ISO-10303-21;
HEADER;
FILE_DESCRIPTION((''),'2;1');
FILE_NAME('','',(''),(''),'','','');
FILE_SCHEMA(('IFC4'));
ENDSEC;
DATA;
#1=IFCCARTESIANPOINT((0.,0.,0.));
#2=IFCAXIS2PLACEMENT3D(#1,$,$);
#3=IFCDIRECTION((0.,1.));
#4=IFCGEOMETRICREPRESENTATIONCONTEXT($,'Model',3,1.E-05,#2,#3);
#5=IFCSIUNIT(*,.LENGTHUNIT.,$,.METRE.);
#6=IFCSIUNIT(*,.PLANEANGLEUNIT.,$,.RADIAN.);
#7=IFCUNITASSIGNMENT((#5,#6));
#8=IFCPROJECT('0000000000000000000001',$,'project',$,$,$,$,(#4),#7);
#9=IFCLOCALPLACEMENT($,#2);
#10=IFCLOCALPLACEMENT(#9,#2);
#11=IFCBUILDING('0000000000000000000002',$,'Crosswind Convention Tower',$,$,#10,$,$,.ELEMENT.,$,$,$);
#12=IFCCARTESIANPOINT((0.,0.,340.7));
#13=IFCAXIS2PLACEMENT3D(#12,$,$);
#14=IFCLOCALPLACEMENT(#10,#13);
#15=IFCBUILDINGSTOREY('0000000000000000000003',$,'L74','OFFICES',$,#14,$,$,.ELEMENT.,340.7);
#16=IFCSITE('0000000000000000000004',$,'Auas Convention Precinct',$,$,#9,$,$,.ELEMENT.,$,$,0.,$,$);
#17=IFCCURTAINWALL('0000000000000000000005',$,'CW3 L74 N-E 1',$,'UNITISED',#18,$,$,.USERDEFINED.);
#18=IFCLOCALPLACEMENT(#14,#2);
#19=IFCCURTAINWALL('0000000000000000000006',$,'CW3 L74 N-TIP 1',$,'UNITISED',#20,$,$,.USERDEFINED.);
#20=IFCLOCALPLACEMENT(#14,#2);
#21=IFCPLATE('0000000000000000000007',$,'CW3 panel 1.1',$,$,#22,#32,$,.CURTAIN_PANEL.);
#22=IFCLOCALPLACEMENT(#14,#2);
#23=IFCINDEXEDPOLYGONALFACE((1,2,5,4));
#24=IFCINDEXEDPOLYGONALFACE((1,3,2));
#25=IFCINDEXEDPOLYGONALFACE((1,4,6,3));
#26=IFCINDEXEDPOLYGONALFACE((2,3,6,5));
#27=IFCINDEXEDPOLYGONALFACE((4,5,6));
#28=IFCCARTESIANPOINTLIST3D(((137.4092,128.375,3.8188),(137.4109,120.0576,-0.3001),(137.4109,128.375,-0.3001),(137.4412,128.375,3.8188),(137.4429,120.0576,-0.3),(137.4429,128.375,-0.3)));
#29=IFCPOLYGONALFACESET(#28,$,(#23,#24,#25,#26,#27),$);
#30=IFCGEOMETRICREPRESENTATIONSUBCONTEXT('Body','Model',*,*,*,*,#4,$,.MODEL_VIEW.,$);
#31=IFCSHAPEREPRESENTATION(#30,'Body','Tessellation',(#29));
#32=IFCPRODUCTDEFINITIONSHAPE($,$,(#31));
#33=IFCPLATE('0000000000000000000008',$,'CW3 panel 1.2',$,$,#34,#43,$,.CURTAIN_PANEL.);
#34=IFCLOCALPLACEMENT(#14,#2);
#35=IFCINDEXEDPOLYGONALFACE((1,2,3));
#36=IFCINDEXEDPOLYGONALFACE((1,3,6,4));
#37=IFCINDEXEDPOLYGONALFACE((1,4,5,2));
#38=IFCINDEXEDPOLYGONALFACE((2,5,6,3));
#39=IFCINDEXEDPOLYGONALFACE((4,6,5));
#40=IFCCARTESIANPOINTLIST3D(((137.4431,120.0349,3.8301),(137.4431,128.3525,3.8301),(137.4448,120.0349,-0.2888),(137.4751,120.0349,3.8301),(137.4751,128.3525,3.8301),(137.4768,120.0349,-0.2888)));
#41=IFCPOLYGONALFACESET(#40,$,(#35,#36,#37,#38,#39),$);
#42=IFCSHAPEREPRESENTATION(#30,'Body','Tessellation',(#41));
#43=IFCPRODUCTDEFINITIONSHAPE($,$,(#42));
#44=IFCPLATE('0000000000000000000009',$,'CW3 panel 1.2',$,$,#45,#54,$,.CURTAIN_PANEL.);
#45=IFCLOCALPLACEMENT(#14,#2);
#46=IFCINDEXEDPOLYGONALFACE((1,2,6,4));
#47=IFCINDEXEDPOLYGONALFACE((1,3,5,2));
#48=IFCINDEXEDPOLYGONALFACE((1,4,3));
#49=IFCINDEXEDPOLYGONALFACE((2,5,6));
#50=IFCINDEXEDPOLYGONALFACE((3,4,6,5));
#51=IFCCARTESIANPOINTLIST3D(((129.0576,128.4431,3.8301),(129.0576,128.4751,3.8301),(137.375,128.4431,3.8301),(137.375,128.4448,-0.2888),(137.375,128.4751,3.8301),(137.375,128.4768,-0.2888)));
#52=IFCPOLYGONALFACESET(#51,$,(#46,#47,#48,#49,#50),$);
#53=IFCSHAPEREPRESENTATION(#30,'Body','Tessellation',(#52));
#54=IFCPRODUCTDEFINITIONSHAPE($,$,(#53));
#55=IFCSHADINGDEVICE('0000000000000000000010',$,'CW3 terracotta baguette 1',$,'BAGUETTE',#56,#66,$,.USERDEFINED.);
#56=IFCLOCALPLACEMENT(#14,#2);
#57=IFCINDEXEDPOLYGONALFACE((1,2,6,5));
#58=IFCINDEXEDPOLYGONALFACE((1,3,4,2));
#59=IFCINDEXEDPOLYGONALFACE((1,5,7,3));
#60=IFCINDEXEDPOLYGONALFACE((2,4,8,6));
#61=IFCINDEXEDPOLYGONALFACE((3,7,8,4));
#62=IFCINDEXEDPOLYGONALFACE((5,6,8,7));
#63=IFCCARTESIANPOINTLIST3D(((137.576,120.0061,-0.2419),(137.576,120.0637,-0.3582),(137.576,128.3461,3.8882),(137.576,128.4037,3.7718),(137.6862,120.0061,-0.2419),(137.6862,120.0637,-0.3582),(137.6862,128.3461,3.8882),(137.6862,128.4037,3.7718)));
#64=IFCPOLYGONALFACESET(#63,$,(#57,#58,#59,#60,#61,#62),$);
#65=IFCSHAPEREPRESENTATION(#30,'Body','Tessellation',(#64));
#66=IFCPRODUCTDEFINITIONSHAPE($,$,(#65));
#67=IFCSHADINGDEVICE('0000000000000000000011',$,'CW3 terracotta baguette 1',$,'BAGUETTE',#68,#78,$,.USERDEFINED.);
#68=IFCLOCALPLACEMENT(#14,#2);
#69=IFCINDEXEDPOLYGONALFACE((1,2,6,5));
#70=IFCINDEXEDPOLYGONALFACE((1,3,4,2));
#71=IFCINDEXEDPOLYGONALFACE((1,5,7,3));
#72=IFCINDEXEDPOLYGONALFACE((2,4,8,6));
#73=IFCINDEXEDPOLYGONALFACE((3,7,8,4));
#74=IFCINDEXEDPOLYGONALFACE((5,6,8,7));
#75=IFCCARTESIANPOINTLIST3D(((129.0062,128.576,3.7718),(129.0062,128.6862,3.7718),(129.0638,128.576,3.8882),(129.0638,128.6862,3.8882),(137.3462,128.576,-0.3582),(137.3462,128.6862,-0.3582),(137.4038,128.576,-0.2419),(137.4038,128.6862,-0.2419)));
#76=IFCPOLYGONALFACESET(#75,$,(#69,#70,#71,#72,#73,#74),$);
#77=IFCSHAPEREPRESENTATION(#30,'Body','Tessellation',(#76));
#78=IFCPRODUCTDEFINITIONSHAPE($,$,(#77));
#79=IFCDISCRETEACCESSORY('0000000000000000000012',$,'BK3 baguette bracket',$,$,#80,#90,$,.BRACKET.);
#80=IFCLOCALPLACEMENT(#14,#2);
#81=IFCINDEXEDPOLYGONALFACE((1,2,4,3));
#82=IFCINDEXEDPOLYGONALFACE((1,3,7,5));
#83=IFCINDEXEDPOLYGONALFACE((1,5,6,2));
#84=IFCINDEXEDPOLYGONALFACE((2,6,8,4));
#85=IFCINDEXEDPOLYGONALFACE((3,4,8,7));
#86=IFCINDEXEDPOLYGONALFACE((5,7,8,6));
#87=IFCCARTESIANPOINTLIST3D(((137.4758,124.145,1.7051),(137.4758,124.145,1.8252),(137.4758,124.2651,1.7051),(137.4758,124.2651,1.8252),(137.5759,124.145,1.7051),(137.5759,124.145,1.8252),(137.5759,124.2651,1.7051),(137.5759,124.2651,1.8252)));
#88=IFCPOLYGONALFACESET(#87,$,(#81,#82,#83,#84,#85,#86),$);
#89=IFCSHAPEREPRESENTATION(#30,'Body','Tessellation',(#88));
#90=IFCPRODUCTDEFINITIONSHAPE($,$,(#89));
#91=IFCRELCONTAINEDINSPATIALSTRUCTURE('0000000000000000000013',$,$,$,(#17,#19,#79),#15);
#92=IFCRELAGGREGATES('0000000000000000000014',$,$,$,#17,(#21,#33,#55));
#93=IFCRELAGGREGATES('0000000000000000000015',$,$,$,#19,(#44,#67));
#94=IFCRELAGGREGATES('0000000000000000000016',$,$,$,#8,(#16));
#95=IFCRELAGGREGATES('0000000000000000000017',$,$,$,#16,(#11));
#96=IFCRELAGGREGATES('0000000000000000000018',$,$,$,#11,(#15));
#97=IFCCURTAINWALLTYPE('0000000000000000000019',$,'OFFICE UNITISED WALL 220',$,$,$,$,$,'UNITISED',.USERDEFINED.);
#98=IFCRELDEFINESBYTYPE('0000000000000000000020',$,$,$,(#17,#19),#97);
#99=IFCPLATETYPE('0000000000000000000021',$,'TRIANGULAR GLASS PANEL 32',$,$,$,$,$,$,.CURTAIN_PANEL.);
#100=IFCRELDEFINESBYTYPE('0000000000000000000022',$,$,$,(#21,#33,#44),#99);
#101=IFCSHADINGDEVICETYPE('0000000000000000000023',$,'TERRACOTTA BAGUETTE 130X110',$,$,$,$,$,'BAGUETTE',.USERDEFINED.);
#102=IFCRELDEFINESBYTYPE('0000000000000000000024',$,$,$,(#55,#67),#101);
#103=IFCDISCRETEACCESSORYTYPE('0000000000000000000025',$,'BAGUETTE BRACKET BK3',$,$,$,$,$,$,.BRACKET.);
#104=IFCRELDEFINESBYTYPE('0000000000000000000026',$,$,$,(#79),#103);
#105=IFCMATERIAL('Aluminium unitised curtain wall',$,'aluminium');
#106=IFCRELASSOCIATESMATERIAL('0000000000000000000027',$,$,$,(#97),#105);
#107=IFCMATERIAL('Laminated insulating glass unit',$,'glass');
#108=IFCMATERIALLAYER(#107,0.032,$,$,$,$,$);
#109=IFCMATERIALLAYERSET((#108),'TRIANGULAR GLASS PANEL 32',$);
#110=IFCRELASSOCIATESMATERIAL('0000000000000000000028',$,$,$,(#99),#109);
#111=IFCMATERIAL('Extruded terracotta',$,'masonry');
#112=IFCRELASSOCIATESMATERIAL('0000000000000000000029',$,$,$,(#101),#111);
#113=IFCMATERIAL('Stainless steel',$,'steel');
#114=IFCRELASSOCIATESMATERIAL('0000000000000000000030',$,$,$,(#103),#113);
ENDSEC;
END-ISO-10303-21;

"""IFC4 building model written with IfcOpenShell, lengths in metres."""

from ifc_helpers import new_model, si_unit, direction, frame, origin, origin_2d, place, context, subcontext, project, spatial, polyline, rectangle, outline, extrude, material, layer, layer_set, material_profile, profile_set, type_object, element, aggregate, save


model = new_model("IFC4")

# Units and contexts
model_context = context("Model", 3, precision=1e-05, world=origin(), true_north=direction((0.0, 1.0)))
body_context = subcontext(model_context, "Body", "Model", "MODEL_VIEW")
ifc_project = project(units=[si_unit("LENGTHUNIT", "METRE"), si_unit("PLANEANGLEUNIT", "RADIAN")], contexts=[model_context])

# Site, building, storey
site_placement = place(None, origin())
site = spatial("IfcSite", under=ifc_project, at=site_placement, Name="Auas Convention Precinct", CompositionType="ELEMENT", RefElevation=0.0)
building_placement = place(site_placement, origin())
building = spatial("IfcBuilding", under=site, at=building_placement, Name="Crosswind Convention Tower", CompositionType="ELEMENT")
storey_placement = place(building_placement, frame((0.0, 0.0, 340.7)))
storey = spatial("IfcBuildingStorey", under=building, at=storey_placement, Name="L74", Description="OFFICES", CompositionType="ELEMENT", Elevation=340.7)

# Curtain wall
ifc_material_1 = material(Name="Aluminium unitised curtain wall", Category="aluminium")
curtain_wall_type_1 = type_object("IfcCurtainWallType", Name="OFFICE UNITISED WALL 220", ElementType="UNITISED", PredefinedType="USERDEFINED", material=ifc_material_1)
curtain_wall_1_placement = place(storey_placement, origin())
curtain_wall_1 = element("IfcCurtainWall", 1, at=curtain_wall_1_placement, inside=storey, type_object=curtain_wall_type_1, Name="CW3 L74 N-E 1", ObjectType="UNITISED", PredefinedType="USERDEFINED")

# Curtain wall
curtain_wall_2_placement = place(storey_placement, origin())
curtain_wall_2 = element("IfcCurtainWall", 2, at=curtain_wall_2_placement, inside=storey, type_object=curtain_wall_type_1, Name="CW3 L74 N-TIP 1", ObjectType="UNITISED", PredefinedType="USERDEFINED")

# Plates
ifc_material_2 = material(Name="Laminated insulating glass unit", Category="glass")
ifc_layer_1 = layer(ifc_material_2, 0.032)
ifc_layer_set_1 = layer_set([ifc_layer_1], Name="TRIANGULAR GLASS PANEL 32")
plate_type_1 = type_object("IfcPlateType", Name="TRIANGULAR GLASS PANEL 32", PredefinedType="CURTAIN_PANEL", material=ifc_layer_set_1)
plate_1_placement = place(storey_placement, frame((137.4429, 128.375, -0.3), z_axis=(1.0, 0.0, 0.000415), x_axis=(-0.000415, 0.0, 1.0)))
plate_1 = element("IfcPlate", 3, at=plate_1_placement, type_object=plate_type_1, Name="CW3 panel 1.1", PredefinedType="CURTAIN_PANEL", context=body_context, shape_type="SweptSolid", body=[
    extrude(outline(polyline([(0.0, 0.0), (4.1189, 0.0), (0.0, 8.3174), (0.0, 0.0)])), origin(), (0.0, 0.0, -1.0), 0.032),
])
plate_2_placement = place(storey_placement, frame((137.4751, 120.0349, 3.8301), z_axis=(1.0, 0.0, 0.000415), x_axis=(0.000415, 0.0, -1.0)))
plate_2 = element("IfcPlate", 4, at=plate_2_placement, type_object=plate_type_1, Name="CW3 panel 1.2", PredefinedType="CURTAIN_PANEL", context=body_context, shape_type="SweptSolid", body=[
    extrude(outline(polyline([(0.0, 0.0), (4.1189, 0.0), (0.0, 8.3176), (0.0, 0.0)])), origin(), (0.0, 0.0, -1.0), 0.032),
])
plate_3_placement = place(storey_placement, frame((137.375, 128.4751, 3.8301), z_axis=(0.0, 1.0, 0.000415), x_axis=(0.0, 0.000415, -1.0)))
plate_3 = element("IfcPlate", 5, at=plate_3_placement, type_object=plate_type_1, Name="CW3 panel 1.2", PredefinedType="CURTAIN_PANEL", context=body_context, shape_type="SweptSolid", body=[
    extrude(outline(polyline([(0.0, 0.0), (4.1189, 0.0), (0.0, 8.3174), (0.0, 0.0)])), origin(), (0.0, 0.0, -1.0), 0.032),
])

# Shading devices
ifc_material_3 = material(Name="Extruded terracotta", Category="masonry")
ifc_material_profile_1 = material_profile(ifc_material_3, rectangle(XDim=0.1101, YDim=0.1299, at=origin_2d()), Name="TC 110X130")
ifc_profile_set_1 = profile_set([ifc_material_profile_1], Name="Extruded terracotta")
shading_device_type = type_object("IfcShadingDeviceType", Name="TERRACOTTA BAGUETTE 130X110", ElementType="BAGUETTE", PredefinedType="USERDEFINED", material=ifc_profile_set_1)
shading_device_1_placement = place(storey_placement, frame((137.6311, 120.0349, -0.3), z_axis=(0.0, 0.896136, 0.443779), x_axis=(-1.0, 0.0, 0.0)))
shading_device_1 = element("IfcShadingDevice", 6, at=shading_device_1_placement, type_object=shading_device_type, Name="CW3 terracotta baguette 1", ObjectType="BAGUETTE", PredefinedType="USERDEFINED", context=body_context, shape_type="SweptSolid", body=[
    extrude(rectangle(XDim=0.1101, YDim=0.1299, at=origin_2d()), origin(), (0.0, 0.0, 1.0), 9.3066),
])
aggregate(curtain_wall_1, [plate_1, plate_2, shading_device_1])
shading_device_2_placement = place(storey_placement, frame((137.375, 128.6311, -0.3), z_axis=(-0.896136, 0.0, 0.443779), x_axis=(0.0, -1.0, 0.0)))
shading_device_2 = element("IfcShadingDevice", 7, at=shading_device_2_placement, type_object=shading_device_type, Name="CW3 terracotta baguette 1", ObjectType="BAGUETTE", PredefinedType="USERDEFINED", context=body_context, shape_type="SweptSolid", body=[
    extrude(rectangle(XDim=0.1101, YDim=0.1299, at=origin_2d()), origin(), (0.0, 0.0, 1.0), 9.3066),
])
aggregate(curtain_wall_2, [plate_3, shading_device_2])

# Discrete accessory
ifc_material_4 = material(Name="Stainless steel", Category="steel")
discrete_accessory_type = type_object("IfcDiscreteAccessoryType", Name="BAGUETTE BRACKET BK3", PredefinedType="BRACKET", material=ifc_material_4)
discrete_accessory_placement = place(storey_placement, frame((137.5259, 124.2051, 1.7051), z_axis=(0.0, 0.0, 1.0), x_axis=(0.0, 1.0, 0.0)))
element("IfcDiscreteAccessory", 8, at=discrete_accessory_placement, inside=storey, type_object=discrete_accessory_type, Name="BK3 baguette bracket", PredefinedType="BRACKET", context=body_context, shape_type="SweptSolid", body=[
    extrude(rectangle(XDim=0.1201, YDim=0.1001, at=origin_2d()), origin(), (0.0, 0.0, 1.0), 0.1201),
])

save(model, "model.ifc")
